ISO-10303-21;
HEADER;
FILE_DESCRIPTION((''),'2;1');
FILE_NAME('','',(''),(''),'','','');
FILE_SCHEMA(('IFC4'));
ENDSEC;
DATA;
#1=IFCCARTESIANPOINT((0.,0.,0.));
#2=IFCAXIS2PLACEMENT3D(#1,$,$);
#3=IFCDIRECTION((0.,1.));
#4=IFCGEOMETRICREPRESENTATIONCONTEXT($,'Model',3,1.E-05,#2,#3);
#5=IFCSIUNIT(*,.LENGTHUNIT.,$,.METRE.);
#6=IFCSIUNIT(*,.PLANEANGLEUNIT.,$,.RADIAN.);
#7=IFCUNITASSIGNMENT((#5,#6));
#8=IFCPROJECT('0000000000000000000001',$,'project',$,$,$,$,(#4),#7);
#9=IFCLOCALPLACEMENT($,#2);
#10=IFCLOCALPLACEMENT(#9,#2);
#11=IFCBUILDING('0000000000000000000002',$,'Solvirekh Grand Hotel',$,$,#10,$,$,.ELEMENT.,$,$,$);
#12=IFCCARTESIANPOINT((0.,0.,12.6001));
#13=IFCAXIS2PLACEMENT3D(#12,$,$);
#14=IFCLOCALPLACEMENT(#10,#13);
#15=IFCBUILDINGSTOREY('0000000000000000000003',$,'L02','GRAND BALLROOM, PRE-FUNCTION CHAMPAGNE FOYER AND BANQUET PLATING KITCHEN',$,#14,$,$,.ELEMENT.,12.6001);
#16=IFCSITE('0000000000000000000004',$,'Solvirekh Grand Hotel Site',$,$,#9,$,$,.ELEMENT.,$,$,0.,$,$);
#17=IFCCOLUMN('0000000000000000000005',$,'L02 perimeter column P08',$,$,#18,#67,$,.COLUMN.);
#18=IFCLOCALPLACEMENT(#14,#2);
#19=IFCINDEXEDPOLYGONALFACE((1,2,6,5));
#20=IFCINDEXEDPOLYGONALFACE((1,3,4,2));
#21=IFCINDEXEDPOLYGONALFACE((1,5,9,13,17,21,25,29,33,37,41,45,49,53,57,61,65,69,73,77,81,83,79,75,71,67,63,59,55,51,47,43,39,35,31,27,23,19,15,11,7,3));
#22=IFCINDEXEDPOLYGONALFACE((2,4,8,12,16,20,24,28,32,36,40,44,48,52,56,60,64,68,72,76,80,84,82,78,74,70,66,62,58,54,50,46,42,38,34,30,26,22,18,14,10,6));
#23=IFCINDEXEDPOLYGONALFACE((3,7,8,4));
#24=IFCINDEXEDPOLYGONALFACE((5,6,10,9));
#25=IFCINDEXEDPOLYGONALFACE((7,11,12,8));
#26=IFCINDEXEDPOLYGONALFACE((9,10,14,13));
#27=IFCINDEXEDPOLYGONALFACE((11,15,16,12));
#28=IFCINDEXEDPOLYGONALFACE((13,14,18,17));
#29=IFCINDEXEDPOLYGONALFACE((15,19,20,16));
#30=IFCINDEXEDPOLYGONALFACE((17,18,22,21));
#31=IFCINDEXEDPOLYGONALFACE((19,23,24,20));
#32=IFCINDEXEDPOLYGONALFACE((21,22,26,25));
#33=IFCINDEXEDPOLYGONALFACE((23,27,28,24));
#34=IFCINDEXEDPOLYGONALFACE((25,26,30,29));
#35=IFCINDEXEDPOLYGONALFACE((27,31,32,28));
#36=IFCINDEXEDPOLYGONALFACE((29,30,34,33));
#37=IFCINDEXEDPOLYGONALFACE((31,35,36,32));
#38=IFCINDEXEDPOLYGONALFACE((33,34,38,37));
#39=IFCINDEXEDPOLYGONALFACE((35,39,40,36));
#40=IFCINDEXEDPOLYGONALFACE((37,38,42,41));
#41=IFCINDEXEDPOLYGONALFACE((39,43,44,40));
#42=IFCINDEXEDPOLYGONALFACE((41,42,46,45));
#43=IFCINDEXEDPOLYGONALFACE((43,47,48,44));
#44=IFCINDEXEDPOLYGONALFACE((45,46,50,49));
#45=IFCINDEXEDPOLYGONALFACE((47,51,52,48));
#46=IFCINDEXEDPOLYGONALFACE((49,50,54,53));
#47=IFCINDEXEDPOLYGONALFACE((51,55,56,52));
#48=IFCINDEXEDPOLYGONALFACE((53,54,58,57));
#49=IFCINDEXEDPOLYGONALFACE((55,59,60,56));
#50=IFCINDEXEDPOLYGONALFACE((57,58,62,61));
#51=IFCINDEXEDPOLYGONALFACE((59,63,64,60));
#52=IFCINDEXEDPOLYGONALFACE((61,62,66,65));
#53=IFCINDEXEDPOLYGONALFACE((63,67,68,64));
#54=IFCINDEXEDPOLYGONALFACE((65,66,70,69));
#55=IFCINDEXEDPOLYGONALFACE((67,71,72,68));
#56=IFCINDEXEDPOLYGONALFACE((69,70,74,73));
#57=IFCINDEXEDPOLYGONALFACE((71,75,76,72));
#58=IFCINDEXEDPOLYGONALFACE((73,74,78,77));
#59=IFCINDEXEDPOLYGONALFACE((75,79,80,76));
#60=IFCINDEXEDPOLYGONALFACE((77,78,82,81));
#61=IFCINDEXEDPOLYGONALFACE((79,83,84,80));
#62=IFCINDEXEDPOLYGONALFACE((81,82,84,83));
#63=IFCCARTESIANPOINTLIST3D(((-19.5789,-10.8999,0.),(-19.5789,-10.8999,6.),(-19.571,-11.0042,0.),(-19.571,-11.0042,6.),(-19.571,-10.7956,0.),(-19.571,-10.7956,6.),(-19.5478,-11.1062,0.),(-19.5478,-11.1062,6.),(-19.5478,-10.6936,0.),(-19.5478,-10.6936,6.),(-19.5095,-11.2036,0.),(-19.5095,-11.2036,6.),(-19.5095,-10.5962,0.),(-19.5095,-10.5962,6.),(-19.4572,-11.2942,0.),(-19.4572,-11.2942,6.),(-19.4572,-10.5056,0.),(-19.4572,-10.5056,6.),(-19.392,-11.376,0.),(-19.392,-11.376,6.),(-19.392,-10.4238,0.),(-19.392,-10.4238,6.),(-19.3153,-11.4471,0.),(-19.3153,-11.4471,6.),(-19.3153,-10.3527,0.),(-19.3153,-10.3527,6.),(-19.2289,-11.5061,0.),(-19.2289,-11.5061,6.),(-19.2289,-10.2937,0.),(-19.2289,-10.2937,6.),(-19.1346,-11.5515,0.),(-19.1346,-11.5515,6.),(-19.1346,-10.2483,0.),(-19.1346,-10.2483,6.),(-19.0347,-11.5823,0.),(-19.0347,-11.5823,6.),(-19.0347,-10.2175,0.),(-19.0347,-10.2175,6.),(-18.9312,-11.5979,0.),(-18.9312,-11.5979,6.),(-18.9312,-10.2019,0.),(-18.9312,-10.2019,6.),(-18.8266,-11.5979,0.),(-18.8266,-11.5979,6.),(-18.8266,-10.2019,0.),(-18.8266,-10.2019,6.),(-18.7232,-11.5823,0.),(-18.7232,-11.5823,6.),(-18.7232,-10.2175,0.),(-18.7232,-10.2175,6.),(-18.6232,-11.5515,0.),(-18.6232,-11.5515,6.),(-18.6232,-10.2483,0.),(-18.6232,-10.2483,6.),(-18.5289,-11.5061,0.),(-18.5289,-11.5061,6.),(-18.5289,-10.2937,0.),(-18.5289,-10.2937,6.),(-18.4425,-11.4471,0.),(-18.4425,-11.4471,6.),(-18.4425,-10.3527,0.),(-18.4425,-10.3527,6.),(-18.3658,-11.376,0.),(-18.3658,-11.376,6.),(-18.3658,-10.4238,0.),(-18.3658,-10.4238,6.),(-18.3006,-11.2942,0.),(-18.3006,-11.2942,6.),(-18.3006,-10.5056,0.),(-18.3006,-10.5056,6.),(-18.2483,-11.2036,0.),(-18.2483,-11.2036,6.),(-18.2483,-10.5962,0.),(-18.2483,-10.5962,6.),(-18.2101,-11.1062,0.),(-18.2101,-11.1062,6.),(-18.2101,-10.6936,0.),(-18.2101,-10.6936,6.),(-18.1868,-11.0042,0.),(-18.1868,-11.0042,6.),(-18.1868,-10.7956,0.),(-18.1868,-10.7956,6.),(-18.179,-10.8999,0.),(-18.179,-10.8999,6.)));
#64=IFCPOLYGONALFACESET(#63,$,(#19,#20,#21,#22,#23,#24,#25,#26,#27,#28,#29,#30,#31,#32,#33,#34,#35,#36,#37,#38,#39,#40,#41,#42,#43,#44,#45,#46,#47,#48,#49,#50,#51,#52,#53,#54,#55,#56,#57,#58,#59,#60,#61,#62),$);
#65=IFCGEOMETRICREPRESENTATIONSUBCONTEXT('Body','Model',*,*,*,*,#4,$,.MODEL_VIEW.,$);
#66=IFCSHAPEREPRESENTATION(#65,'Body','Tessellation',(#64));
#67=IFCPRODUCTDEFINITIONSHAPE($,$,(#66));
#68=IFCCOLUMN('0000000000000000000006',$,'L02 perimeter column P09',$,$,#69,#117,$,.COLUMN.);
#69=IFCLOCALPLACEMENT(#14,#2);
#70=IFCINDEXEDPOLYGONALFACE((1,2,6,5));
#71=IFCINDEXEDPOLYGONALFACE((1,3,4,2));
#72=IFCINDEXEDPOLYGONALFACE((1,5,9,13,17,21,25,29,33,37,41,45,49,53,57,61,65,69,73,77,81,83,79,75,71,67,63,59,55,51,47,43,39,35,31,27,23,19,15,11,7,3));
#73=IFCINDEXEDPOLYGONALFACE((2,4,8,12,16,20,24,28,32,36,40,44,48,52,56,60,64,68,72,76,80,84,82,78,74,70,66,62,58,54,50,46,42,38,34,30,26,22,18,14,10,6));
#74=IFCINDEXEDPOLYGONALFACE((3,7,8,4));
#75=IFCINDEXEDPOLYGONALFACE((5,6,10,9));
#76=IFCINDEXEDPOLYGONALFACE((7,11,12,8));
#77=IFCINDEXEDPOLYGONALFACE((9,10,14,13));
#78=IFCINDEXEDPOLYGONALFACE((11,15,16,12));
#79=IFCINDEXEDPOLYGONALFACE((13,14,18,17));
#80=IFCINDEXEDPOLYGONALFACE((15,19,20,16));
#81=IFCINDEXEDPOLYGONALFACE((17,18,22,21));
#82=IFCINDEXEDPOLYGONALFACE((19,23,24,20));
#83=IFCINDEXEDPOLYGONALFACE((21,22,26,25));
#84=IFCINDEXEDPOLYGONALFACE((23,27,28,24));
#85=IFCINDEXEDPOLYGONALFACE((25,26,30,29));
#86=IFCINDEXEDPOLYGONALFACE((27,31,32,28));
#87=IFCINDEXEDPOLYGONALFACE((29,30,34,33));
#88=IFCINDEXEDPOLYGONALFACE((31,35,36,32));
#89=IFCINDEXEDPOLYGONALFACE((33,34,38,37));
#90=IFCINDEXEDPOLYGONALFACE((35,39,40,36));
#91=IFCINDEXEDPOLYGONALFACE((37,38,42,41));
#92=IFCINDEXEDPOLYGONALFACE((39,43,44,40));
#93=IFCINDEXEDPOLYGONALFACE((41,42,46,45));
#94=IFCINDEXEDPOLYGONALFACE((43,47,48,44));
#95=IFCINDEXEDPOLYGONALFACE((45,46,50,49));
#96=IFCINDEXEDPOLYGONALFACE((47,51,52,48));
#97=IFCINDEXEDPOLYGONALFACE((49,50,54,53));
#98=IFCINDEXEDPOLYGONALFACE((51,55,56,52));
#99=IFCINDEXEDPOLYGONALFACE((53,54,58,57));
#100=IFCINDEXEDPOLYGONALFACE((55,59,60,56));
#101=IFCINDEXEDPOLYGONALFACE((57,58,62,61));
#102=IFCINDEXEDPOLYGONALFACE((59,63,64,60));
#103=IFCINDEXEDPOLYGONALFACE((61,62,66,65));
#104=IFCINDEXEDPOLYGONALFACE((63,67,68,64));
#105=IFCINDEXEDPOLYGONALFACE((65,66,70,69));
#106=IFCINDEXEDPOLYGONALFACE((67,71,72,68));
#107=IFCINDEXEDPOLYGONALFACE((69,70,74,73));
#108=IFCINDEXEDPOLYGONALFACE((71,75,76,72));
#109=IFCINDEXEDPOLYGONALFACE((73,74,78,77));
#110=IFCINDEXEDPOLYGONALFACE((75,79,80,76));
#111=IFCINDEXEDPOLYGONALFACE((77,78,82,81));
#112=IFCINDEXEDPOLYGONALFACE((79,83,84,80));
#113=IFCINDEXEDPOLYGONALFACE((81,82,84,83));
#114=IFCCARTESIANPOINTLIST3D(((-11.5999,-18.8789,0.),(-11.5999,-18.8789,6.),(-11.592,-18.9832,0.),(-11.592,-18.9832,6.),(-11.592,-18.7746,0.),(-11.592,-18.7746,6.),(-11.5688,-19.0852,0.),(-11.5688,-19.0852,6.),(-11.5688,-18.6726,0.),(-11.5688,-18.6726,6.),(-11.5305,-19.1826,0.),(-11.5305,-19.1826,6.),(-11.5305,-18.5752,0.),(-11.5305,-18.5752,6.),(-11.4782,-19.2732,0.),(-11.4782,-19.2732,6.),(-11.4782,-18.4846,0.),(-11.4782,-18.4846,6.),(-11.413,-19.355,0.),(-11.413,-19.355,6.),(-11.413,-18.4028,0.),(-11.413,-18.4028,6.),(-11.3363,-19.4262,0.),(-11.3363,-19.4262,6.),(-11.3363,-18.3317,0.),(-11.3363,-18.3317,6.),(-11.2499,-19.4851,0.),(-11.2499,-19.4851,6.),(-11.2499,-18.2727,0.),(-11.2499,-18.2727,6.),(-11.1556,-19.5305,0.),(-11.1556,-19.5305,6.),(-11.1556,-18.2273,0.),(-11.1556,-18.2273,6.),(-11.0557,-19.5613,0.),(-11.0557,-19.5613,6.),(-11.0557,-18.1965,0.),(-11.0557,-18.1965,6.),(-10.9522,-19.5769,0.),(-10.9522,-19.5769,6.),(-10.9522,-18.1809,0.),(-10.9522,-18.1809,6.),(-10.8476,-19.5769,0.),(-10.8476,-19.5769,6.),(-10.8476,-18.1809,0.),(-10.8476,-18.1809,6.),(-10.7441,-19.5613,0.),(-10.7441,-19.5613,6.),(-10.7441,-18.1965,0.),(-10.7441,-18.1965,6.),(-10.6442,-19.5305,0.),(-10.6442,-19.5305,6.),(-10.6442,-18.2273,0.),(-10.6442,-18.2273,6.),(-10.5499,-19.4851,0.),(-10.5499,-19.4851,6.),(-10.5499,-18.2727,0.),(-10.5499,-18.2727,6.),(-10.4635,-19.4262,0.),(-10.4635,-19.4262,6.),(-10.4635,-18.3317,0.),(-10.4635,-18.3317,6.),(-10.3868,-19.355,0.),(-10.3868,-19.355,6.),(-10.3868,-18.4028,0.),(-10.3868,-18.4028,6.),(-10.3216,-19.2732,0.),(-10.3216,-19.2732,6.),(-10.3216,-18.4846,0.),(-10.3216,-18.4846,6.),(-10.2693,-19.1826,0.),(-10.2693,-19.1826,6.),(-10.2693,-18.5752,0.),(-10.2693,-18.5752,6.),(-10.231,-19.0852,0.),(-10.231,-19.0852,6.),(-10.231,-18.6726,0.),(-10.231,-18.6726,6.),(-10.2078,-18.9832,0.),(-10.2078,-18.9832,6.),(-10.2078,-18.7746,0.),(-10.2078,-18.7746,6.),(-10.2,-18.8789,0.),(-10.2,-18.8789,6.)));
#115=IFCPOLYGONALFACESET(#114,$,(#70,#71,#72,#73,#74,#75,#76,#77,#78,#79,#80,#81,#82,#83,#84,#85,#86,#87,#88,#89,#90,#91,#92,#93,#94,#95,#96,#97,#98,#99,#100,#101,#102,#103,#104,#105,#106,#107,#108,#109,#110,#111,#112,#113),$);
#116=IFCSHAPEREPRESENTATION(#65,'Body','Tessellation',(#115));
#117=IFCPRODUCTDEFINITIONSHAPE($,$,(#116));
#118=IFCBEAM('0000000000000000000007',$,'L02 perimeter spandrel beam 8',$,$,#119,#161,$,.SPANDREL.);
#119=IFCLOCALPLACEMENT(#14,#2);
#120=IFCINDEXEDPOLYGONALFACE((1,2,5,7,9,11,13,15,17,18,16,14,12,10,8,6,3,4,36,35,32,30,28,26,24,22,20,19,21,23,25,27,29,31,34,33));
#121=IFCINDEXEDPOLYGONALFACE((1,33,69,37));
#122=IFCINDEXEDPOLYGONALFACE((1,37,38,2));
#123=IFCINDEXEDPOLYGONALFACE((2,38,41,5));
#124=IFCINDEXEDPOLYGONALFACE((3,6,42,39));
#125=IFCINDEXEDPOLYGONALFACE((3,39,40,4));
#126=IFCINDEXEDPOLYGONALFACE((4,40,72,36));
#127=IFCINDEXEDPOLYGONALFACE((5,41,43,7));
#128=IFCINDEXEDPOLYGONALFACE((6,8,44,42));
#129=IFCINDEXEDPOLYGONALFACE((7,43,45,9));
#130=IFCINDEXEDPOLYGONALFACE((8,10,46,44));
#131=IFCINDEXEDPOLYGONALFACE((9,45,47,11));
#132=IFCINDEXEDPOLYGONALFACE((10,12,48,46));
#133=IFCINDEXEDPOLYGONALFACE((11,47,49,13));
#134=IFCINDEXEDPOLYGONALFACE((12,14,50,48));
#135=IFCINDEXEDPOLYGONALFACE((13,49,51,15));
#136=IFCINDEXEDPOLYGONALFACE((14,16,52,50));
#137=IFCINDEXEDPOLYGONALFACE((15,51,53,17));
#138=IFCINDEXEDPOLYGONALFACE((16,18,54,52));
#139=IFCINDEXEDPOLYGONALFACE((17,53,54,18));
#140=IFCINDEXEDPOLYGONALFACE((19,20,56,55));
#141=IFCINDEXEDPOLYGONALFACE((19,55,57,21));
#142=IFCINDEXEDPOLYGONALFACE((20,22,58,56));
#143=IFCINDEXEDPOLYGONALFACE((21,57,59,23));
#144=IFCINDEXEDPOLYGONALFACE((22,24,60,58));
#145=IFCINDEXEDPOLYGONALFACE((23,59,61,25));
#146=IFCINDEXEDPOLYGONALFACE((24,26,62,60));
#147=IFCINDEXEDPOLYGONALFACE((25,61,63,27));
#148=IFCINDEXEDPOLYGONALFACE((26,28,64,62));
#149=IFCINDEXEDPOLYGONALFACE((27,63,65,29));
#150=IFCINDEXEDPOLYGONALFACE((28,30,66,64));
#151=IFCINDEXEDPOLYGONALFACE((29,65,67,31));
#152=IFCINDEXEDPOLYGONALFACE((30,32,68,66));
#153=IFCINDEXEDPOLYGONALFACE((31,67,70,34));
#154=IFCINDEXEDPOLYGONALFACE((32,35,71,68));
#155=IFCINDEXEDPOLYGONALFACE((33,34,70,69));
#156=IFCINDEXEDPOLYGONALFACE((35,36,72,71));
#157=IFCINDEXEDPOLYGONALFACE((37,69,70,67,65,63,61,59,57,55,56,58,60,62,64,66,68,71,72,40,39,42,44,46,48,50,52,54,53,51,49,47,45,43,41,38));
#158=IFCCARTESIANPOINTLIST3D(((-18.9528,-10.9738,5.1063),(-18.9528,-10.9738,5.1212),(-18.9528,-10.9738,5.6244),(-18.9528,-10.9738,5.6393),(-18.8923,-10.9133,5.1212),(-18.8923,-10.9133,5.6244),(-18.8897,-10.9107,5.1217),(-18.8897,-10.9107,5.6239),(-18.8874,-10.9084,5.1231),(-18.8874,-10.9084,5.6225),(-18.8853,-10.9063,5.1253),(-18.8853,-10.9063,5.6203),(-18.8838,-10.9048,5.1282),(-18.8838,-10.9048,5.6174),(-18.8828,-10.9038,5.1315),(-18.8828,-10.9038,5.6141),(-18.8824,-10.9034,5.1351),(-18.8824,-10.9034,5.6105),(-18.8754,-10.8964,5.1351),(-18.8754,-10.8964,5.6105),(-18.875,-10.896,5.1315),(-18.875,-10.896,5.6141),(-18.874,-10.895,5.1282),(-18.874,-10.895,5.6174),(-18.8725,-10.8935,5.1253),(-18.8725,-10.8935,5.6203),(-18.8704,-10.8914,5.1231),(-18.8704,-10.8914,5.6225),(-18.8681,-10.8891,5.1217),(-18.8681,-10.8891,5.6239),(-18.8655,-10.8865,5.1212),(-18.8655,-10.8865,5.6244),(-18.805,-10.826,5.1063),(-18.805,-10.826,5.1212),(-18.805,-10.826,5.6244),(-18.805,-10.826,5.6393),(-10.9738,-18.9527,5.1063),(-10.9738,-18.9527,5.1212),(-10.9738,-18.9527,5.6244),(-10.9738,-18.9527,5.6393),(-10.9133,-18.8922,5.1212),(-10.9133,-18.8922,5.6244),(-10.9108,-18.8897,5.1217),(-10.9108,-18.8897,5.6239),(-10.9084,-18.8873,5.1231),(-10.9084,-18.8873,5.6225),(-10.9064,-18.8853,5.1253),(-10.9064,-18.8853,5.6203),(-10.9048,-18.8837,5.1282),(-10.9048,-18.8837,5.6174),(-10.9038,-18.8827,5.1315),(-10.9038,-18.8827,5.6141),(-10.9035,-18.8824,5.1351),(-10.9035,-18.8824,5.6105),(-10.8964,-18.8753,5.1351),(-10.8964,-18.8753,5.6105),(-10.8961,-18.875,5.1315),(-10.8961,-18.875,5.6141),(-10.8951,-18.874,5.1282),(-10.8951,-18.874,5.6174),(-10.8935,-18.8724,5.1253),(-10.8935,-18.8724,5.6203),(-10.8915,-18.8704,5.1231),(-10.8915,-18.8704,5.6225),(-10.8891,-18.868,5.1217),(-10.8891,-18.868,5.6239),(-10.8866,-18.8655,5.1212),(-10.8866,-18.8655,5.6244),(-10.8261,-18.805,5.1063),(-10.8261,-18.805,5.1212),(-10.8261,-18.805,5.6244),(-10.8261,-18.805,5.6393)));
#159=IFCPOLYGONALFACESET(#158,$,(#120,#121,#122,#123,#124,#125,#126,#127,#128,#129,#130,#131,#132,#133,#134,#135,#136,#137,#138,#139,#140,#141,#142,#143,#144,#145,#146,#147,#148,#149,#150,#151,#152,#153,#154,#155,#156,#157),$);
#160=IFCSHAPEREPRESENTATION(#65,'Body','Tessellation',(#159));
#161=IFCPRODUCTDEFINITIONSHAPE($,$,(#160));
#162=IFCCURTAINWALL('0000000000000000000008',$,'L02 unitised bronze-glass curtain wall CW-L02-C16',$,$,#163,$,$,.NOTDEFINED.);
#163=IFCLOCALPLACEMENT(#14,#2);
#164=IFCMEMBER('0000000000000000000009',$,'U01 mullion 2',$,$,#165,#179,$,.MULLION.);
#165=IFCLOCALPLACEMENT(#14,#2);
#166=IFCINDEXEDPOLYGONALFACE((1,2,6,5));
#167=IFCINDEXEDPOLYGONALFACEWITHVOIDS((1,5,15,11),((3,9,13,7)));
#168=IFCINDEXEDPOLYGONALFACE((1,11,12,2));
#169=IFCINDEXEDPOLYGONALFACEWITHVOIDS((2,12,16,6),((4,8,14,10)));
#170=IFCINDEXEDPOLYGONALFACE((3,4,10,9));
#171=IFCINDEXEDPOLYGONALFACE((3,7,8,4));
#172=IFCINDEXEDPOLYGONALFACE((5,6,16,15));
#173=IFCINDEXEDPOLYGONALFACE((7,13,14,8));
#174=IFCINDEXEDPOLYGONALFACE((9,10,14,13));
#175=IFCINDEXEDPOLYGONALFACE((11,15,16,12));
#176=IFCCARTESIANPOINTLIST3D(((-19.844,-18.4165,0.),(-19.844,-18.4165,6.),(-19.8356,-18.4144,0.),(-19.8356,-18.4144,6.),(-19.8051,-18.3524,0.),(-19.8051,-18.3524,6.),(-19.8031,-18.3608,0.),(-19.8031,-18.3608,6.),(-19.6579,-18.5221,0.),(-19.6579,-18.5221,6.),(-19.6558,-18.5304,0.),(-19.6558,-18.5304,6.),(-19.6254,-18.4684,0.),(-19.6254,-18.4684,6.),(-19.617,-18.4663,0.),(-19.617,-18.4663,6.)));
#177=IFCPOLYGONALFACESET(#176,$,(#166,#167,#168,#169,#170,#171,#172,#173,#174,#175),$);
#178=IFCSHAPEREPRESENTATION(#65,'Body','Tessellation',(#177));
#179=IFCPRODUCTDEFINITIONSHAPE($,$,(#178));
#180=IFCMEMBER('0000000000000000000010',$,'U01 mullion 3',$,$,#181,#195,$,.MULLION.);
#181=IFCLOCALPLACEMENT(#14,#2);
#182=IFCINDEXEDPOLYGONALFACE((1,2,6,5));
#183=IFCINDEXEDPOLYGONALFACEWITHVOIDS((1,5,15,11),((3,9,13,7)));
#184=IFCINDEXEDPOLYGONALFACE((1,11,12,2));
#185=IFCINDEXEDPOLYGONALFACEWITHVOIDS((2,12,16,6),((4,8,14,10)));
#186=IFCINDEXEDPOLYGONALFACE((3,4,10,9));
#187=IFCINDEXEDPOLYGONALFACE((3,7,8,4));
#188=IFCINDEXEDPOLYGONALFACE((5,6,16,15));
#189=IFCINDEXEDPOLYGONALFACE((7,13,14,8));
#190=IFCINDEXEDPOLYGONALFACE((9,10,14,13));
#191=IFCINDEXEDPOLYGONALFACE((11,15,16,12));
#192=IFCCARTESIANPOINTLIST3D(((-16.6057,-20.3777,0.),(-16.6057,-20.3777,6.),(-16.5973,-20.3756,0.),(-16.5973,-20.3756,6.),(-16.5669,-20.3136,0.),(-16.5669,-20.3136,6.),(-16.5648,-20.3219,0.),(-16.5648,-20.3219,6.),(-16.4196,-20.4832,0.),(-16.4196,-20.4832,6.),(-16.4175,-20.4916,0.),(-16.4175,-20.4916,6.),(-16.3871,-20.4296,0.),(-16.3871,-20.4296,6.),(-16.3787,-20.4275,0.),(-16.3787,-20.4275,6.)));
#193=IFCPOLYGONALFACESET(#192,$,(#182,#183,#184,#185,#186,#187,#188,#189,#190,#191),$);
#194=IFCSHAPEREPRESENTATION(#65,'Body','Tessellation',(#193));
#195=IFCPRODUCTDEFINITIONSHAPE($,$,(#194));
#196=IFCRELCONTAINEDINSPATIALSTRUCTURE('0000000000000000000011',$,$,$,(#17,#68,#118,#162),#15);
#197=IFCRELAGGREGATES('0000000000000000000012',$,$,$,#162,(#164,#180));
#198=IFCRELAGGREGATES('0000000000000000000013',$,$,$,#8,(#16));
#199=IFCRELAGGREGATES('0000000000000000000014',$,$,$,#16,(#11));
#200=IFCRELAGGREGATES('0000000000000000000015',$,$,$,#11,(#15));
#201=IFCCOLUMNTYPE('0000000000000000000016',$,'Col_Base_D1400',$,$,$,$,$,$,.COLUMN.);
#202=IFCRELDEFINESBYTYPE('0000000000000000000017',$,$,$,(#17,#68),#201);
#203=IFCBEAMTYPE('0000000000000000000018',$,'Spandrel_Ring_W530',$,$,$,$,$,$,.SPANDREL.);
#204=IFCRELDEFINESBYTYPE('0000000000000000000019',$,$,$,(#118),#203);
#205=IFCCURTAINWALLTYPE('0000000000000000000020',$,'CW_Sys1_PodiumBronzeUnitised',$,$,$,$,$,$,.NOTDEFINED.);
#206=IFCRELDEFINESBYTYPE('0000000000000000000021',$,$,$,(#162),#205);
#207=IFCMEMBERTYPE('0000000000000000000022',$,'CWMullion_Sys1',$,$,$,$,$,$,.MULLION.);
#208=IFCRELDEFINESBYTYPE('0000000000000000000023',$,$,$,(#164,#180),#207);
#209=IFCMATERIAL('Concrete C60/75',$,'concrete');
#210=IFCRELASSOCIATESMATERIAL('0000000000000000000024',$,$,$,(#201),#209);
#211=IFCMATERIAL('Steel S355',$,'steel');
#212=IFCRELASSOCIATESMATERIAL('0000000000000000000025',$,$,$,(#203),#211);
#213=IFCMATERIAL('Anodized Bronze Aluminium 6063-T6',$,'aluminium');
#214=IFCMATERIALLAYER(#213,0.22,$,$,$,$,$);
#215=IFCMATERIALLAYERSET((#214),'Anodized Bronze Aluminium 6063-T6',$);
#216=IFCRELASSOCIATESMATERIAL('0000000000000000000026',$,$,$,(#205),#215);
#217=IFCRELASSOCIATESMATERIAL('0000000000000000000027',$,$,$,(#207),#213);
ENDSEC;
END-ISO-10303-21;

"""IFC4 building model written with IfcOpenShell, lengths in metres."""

from ifc_helpers import new_model, si_unit, direction, frame, origin, origin_2d, place, context, subcontext, project, spatial, hollow_rectangle, circle, i_section, extrude, source, transform, mapped, material, layer, layer_set, material_profile, profile_set, type_object, element, aggregate, save


model = new_model("IFC4")

# Units and contexts
model_context = context("Model", 3, precision=1e-05, world=origin(), true_north=direction((0.0, 1.0)))
body_context = subcontext(model_context, "Body", "Model", "MODEL_VIEW")
ifc_project = project(units=[si_unit("LENGTHUNIT", "METRE"), si_unit("PLANEANGLEUNIT", "RADIAN")], contexts=[model_context])

# Site, building, storey
site_placement = place(None, origin())
site = spatial("IfcSite", under=ifc_project, at=site_placement, Name="Solvirekh Grand Hotel Site", CompositionType="ELEMENT", RefElevation=0.0)
building_placement = place(site_placement, origin())
building = spatial("IfcBuilding", under=site, at=building_placement, Name="Solvirekh Grand Hotel", CompositionType="ELEMENT")
storey_placement = place(building_placement, frame((0.0, 0.0, 12.6001)))
storey = spatial("IfcBuildingStorey", under=building, at=storey_placement, Name="L02", Description="GRAND BALLROOM, PRE-FUNCTION CHAMPAGNE FOYER AND BANQUET PLATING KITCHEN", CompositionType="ELEMENT", Elevation=12.6001)

# Columns
ifc_material_1 = material(Name="Concrete C60/75", Category="concrete")
ifc_material_profile_1 = material_profile(ifc_material_1, circle(Radius=0.7, at=origin_2d()), Name="RC CIRC D1400")
ifc_profile_set_1 = profile_set([ifc_material_profile_1], Name="Concrete C60/75")
column_type = type_object("IfcColumnType", Name="Col_Base_D1400", PredefinedType="COLUMN", material=ifc_profile_set_1)
for number, where, z_axis, x_axis, name in (
    (1, (-18.8789, -10.8999, 0.0), (0.0, 0.0, 1.0), (1.0, 0.0, 0.0), "L02 perimeter column P08"),
    (2, (-10.8999, -18.8789, 0.0), (0.0, 0.0, 1.0), (1.0, 0.0, 0.0), "L02 perimeter column P09"),
):
    element("IfcColumn", number, at=place(storey_placement, frame(where, z_axis=z_axis, x_axis=x_axis)), inside=storey, type_object=column_type, Name=name, PredefinedType="COLUMN", context=body_context, shape_type="SweptSolid", body=[
        extrude(circle(Radius=0.7, at=origin_2d()), origin(), (0.0, 0.0, 1.0), 6.0),
    ])

# Beam
ifc_material_2 = material(Name="Steel S355", Category="steel")
ifc_material_profile_2 = material_profile(ifc_material_2, i_section(OverallWidth=0.209, OverallDepth=0.533, WebThickness=0.01, FlangeThickness=0.0149, FilletRadius=0.0139, at=origin_2d()), Name="W530X92")
ifc_profile_set_2 = profile_set([ifc_material_profile_2], Name="Steel S355")
beam_type = type_object("IfcBeamType", Name="Spandrel_Ring_W530", PredefinedType="SPANDREL", material=ifc_profile_set_2)
beam_placement = place(storey_placement, frame((-18.8789, -10.8999, 5.3728), z_axis=(0.707107, -0.707107, 0.0), x_axis=(0.707107, 0.707107, 0.0)))
element("IfcBeam", 3, at=beam_placement, inside=storey, type_object=beam_type, Name="L02 perimeter spandrel beam 8", PredefinedType="SPANDREL", context=body_context, shape_type="SweptSolid", body=[
    extrude(i_section(OverallWidth=0.209, OverallDepth=0.533, WebThickness=0.01, FlangeThickness=0.0149, FilletRadius=0.0139, at=origin_2d()), origin(), (0.0, 0.0, 1.0), 11.2839),
])

# Curtain wall, members
ifc_material_3 = material(Name="Anodized Bronze Aluminium 6063-T6", Category="aluminium")
ifc_layer_1 = layer(ifc_material_3, 0.22)
ifc_layer_set_1 = layer_set([ifc_layer_1], Name="Anodized Bronze Aluminium 6063-T6")
curtain_wall_type = type_object("IfcCurtainWallType", Name="CW_Sys1_PodiumBronzeUnitised", PredefinedType="NOTDEFINED", material=ifc_layer_set_1)
curtain_wall_1_placement = place(storey_placement, origin())
curtain_wall_1 = element("IfcCurtainWall", 4, at=curtain_wall_1_placement, inside=storey, type_object=curtain_wall_type, Name="L02 unitised bronze-glass curtain wall CW-L02-C16", PredefinedType="NOTDEFINED")
ifc_material_profile_3 = material_profile(ifc_material_3, hollow_rectangle(XDim=0.075, YDim=0.22, WallThickness=0.0061, at=origin_2d()), Name="ALU RHS 220X75X6")
ifc_profile_set_3 = profile_set([ifc_material_profile_3], Name="Anodized Bronze Aluminium 6063-T6")
member_type_1 = type_object("IfcMemberType", Name="CWMullion_Sys1", PredefinedType="MULLION", material=ifc_profile_set_3)
shared_shape_1 = source(origin(), body_context, "Body", "SweptSolid", [
    extrude(hollow_rectangle(XDim=0.075, YDim=0.22, WallThickness=0.0061, at=origin_2d()), origin(), (0.0, 0.0, 1.0), 6.0),
])
member_1_placement = place(storey_placement, frame((-19.7305, -18.4414, 0.0), z_axis=(0.0, 0.0, 1.0), x_axis=(0.517992, 0.855386, 0.0)))
member_1 = element("IfcMember", 5, at=member_1_placement, type_object=member_type_1, Name="U01 mullion 2", PredefinedType="MULLION", context=body_context, shape_type="MappedRepresentation", body=[
    mapped(shared_shape_1, transform((0.0, 0.0, 0.0), x_axis=(1.0, 0.0, 0.0), y_axis=(0.0, 1.0, 0.0), z_axis=(0.0, 0.0, 1.0), scale=1.0)),
])
member_2_placement = place(storey_placement, frame((-16.4922, -20.4026, 0.0), z_axis=(0.0, 0.0, 1.0), x_axis=(0.517992, 0.855386, 0.0)))
member_2 = element("IfcMember", 6, at=member_2_placement, type_object=member_type_1, Name="U01 mullion 3", PredefinedType="MULLION", context=body_context, shape_type="MappedRepresentation", body=[
    mapped(shared_shape_1, transform((0.0, 0.0, 0.0), x_axis=(1.0, 0.0, 0.0), y_axis=(0.0, 1.0, 0.0), z_axis=(0.0, 0.0, 1.0), scale=1.0)),
])

aggregate(curtain_wall_1, [member_1, member_2])

save(model, "model.ifc")
